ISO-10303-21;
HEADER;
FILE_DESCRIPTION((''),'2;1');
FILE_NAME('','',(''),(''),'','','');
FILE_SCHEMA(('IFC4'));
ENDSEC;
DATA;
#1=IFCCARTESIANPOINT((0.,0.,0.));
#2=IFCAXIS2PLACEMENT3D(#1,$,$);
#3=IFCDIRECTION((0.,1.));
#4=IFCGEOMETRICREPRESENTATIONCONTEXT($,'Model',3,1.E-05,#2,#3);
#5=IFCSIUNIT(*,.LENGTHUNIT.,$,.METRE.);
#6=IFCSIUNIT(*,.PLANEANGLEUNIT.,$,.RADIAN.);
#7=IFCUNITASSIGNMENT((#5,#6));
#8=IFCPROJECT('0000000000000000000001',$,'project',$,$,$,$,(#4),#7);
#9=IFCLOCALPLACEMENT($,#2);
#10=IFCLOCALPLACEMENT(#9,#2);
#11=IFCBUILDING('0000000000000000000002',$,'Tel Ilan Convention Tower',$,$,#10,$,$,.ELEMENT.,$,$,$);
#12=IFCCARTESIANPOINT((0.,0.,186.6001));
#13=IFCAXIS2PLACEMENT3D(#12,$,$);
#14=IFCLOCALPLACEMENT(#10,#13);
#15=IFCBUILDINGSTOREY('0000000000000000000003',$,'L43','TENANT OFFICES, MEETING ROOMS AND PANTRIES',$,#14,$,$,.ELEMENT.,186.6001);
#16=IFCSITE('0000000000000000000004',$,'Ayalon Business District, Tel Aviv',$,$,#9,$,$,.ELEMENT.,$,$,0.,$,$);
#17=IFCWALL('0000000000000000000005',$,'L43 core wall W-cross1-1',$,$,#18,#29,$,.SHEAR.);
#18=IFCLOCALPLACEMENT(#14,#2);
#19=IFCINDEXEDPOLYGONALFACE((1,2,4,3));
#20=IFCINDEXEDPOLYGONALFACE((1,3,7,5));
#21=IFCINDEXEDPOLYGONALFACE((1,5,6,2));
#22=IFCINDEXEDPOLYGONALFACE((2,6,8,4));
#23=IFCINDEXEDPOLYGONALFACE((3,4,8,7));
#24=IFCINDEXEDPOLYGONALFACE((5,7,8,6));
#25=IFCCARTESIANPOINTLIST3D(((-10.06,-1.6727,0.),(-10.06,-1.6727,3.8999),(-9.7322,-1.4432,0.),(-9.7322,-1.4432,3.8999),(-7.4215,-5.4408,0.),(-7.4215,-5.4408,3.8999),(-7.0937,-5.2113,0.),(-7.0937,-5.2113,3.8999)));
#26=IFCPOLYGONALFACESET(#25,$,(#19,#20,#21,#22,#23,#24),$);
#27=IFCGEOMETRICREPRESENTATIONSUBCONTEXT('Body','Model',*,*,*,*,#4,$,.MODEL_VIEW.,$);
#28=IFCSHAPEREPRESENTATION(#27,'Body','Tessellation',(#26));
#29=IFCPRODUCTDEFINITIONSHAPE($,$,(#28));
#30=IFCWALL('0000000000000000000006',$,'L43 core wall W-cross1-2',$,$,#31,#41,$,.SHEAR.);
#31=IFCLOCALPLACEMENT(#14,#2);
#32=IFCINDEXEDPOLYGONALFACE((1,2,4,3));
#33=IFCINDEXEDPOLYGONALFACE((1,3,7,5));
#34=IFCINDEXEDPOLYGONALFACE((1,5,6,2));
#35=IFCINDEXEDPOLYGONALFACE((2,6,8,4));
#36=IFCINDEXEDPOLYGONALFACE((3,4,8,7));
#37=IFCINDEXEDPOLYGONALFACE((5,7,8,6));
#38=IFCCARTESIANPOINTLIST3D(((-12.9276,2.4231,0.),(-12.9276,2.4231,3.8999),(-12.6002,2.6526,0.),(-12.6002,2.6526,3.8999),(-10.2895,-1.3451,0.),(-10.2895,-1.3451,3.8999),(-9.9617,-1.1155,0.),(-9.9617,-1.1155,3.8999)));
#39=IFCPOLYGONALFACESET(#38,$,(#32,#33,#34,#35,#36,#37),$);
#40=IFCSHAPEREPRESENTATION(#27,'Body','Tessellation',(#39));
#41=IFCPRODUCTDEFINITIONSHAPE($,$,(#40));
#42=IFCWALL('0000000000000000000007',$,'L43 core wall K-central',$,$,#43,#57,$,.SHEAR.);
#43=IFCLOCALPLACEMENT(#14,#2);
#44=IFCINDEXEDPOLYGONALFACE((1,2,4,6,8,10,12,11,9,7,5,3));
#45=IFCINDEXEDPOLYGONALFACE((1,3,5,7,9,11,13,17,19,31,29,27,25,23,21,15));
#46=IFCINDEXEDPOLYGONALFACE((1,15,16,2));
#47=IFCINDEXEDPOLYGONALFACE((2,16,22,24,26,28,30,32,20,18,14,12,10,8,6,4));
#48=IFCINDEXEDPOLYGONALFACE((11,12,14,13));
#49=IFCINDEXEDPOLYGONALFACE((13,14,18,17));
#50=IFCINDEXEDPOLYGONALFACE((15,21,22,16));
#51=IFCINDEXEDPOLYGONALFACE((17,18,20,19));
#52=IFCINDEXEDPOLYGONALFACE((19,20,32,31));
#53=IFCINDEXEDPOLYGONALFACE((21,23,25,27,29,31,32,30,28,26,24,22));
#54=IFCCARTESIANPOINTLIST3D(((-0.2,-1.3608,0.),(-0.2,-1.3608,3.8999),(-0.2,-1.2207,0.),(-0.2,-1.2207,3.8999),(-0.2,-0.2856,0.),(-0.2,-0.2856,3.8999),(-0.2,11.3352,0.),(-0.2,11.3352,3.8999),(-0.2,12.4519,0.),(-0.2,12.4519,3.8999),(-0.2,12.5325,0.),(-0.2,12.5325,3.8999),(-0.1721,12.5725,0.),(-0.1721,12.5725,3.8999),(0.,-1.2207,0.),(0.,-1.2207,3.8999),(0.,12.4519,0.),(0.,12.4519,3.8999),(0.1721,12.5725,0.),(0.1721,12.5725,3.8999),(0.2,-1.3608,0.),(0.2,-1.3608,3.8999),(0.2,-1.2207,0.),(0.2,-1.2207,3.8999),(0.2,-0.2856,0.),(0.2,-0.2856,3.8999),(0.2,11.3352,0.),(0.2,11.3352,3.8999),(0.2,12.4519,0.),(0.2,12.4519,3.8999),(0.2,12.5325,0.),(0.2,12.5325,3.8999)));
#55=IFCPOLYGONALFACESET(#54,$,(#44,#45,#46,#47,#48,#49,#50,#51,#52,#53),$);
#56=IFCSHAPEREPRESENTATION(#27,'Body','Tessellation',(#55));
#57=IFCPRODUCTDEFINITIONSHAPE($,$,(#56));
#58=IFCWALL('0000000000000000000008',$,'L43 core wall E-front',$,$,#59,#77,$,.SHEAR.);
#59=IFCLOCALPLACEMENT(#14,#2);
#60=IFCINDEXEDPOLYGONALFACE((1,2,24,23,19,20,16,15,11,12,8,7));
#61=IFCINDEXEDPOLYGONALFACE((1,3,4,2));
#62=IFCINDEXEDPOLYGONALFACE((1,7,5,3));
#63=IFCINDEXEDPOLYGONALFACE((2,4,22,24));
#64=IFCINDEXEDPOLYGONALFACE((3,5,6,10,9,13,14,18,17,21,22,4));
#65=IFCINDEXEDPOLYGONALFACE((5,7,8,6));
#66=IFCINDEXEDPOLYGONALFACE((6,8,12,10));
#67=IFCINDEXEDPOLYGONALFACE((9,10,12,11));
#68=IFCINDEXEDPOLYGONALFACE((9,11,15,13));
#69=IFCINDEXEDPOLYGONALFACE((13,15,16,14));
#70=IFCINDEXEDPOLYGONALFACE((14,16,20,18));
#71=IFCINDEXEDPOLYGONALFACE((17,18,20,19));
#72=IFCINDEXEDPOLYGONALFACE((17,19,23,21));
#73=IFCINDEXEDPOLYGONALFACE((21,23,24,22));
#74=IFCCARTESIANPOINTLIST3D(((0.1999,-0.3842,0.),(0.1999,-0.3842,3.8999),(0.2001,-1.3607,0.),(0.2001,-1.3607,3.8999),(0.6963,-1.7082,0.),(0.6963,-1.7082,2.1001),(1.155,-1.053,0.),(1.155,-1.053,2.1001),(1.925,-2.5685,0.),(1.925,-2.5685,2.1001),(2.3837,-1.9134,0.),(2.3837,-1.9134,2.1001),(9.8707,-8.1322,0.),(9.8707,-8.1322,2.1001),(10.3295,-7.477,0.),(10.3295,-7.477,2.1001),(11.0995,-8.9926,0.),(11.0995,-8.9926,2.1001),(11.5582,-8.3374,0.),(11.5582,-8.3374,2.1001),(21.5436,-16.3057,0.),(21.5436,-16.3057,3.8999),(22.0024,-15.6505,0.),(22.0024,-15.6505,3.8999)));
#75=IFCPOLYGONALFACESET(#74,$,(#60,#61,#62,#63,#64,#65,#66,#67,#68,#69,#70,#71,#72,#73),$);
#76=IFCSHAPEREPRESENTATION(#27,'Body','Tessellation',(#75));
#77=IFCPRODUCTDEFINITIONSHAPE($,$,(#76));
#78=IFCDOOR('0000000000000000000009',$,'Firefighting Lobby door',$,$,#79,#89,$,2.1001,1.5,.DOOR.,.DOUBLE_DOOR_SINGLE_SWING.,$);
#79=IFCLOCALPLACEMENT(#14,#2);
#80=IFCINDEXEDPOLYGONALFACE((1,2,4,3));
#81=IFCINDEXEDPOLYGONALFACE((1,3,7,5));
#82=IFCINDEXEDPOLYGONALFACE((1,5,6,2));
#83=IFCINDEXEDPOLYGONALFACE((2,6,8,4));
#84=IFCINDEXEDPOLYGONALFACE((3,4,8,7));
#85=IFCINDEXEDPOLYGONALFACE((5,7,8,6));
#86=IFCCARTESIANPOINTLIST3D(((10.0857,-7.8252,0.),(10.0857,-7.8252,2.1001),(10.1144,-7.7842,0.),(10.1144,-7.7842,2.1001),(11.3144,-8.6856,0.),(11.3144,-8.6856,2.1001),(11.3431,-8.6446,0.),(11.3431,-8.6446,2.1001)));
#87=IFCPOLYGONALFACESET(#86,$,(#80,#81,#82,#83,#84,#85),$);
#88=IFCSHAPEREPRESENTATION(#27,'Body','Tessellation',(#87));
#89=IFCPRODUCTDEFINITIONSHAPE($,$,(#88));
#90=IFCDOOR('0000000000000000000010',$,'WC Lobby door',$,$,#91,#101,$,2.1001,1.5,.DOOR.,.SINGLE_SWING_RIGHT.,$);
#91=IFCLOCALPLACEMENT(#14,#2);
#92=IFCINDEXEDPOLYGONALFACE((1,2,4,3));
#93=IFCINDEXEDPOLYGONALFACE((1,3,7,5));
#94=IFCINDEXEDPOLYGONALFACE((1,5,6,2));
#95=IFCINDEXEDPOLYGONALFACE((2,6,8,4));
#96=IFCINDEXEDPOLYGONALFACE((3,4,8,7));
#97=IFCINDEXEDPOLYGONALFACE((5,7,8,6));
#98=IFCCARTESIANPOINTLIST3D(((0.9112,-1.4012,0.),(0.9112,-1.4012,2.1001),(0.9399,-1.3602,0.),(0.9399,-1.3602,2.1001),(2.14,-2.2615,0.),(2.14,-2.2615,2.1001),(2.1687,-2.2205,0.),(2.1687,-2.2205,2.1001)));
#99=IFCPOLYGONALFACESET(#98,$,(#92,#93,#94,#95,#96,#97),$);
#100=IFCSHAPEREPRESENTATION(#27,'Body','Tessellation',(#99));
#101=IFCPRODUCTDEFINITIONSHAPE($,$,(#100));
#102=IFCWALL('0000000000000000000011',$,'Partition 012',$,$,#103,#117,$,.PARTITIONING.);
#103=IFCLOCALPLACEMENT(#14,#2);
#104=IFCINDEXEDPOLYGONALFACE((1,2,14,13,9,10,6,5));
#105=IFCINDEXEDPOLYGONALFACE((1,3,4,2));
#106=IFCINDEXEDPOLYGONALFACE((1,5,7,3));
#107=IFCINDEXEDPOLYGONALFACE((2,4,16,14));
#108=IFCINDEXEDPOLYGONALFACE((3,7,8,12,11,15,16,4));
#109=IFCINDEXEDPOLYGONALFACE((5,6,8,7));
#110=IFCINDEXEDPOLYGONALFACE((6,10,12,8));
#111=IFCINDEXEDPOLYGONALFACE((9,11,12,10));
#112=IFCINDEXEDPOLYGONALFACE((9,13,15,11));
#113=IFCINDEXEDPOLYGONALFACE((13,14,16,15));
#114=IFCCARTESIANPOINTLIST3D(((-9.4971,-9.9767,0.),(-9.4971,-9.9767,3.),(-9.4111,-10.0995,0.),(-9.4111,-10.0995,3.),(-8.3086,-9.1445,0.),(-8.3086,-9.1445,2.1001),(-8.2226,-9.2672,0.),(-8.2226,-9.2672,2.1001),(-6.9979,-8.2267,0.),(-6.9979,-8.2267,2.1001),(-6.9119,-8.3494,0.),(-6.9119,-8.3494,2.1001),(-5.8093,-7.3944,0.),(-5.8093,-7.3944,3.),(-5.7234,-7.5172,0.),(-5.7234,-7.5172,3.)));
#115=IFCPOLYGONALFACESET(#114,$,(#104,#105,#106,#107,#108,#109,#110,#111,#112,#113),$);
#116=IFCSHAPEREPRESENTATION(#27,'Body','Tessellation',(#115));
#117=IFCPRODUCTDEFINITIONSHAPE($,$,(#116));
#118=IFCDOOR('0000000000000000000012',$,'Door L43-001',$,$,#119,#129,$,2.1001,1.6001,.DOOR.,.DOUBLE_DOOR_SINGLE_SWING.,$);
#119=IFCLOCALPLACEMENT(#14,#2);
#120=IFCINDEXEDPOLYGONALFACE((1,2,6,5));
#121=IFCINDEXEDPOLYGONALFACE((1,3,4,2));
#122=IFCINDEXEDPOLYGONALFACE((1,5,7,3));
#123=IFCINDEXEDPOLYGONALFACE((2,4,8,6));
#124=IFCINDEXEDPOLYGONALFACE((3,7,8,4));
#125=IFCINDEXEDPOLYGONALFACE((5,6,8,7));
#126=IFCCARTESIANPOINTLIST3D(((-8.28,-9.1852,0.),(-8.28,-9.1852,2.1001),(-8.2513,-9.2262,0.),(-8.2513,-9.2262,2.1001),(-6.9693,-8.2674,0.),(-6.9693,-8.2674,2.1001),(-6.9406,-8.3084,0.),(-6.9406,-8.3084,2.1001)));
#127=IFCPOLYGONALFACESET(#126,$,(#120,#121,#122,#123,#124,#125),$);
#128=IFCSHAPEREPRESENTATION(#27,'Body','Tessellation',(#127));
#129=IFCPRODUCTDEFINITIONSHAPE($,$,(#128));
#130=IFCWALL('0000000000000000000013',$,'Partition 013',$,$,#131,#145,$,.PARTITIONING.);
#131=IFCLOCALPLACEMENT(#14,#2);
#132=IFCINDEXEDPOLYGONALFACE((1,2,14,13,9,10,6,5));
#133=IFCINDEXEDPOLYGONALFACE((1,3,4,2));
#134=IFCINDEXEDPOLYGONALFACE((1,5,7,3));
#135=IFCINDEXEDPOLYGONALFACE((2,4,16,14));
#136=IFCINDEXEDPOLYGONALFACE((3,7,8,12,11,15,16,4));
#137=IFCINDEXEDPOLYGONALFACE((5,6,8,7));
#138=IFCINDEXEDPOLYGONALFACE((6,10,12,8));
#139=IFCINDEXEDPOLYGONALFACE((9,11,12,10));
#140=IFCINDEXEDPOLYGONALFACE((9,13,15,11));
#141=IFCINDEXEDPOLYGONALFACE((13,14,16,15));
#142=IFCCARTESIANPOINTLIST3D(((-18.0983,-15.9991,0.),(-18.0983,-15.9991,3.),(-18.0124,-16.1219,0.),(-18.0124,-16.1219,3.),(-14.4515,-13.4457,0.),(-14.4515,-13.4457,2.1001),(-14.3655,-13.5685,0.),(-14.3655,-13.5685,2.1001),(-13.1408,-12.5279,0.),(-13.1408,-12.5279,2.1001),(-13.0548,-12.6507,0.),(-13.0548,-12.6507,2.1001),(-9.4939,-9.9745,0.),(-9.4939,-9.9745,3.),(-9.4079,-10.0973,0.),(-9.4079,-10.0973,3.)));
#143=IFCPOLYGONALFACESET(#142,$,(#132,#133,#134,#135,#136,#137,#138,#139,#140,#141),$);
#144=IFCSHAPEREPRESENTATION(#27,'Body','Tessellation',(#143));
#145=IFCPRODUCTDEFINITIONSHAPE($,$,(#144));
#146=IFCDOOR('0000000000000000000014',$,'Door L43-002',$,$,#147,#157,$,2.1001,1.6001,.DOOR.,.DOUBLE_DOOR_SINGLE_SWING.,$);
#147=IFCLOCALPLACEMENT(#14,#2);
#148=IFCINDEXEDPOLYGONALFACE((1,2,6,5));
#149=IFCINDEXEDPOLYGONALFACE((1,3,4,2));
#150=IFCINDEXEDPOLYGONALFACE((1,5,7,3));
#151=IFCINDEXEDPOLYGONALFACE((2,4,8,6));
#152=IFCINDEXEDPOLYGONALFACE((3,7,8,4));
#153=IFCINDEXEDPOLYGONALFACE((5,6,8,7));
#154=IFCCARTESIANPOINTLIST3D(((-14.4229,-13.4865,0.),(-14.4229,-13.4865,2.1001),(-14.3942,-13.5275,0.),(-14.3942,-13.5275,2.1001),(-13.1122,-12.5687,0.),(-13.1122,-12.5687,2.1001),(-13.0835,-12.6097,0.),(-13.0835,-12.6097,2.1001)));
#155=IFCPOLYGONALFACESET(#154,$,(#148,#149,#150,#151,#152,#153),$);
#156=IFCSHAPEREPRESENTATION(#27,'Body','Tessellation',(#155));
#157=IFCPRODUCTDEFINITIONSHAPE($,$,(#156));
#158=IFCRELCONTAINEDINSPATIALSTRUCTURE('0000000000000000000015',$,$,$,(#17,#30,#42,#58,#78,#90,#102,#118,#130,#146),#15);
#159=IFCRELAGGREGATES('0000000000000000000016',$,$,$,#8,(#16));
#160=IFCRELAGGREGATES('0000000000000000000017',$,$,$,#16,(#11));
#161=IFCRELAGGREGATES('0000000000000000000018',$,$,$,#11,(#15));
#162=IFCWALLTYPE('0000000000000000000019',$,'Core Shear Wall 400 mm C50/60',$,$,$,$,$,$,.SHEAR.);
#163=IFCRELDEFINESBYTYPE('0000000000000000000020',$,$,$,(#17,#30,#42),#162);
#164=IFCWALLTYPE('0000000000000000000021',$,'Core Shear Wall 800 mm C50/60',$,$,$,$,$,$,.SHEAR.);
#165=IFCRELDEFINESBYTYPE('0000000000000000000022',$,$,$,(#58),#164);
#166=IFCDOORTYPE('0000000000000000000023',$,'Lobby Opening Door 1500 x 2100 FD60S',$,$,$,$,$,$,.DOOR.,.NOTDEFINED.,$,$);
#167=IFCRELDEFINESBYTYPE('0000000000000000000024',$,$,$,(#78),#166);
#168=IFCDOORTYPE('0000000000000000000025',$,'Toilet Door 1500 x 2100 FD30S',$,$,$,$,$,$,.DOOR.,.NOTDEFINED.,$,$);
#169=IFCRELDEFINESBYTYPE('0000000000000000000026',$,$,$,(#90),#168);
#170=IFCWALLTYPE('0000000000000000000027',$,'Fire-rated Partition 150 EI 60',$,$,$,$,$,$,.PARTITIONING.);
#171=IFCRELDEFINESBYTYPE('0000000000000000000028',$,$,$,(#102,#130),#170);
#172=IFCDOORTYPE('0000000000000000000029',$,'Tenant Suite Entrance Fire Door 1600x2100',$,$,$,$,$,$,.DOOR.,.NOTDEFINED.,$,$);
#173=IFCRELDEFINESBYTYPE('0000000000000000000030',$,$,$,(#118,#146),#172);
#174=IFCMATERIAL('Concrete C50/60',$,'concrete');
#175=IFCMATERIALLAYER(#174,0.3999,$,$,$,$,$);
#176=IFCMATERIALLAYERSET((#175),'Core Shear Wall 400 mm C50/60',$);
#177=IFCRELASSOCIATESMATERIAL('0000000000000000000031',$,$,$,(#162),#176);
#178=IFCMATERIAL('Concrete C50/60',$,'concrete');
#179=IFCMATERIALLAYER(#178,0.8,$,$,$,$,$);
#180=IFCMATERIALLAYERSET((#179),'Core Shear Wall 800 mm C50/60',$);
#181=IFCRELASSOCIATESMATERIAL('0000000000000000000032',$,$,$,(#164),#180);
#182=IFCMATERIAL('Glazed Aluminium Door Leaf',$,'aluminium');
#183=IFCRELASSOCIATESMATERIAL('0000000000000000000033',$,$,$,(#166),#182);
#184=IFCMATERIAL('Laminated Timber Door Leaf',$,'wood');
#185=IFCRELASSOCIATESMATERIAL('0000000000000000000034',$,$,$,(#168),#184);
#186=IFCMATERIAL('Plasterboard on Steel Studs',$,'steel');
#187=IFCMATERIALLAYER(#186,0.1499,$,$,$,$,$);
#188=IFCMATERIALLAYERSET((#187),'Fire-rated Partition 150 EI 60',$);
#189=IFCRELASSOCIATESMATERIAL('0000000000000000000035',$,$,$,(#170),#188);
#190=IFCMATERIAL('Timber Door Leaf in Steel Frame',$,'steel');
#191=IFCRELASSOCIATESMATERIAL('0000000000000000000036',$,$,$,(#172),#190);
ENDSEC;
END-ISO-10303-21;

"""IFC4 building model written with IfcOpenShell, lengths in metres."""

from ifc_helpers import new_model, si_unit, direction, frame, frame_2d, origin, place, context, subcontext, project, spatial, polyline, rectangle, outline, extrude, material, layer, layer_set, type_object, element, fill, save


model = new_model("IFC4")

# Units and contexts
model_context = context("Model", 3, precision=1e-05, world=origin(), true_north=direction((0.0, 1.0)))
body_context = subcontext(model_context, "Body", "Model", "MODEL_VIEW")
ifc_project = project(units=[si_unit("LENGTHUNIT", "METRE"), si_unit("PLANEANGLEUNIT", "RADIAN")], contexts=[model_context])

# Site, building, storey
site_placement = place(None, origin())
site = spatial("IfcSite", under=ifc_project, at=site_placement, Name="Ayalon Business District, Tel Aviv", CompositionType="ELEMENT", RefElevation=0.0)
building_placement = place(site_placement, origin())
building = spatial("IfcBuilding", under=site, at=building_placement, Name="Tel Ilan Convention Tower", CompositionType="ELEMENT")
storey_placement = place(building_placement, frame((0.0, 0.0, 186.6001)))
storey = spatial("IfcBuildingStorey", under=building, at=storey_placement, Name="L43", Description="TENANT OFFICES, MEETING ROOMS AND PANTRIES", CompositionType="ELEMENT", Elevation=186.6001)

# Walls
ifc_material_1 = material(Name="Concrete C50/60", Category="concrete")
ifc_layer_1 = layer(ifc_material_1, 0.3999)
ifc_layer_set_1 = layer_set([ifc_layer_1], Name="Core Shear Wall 400 mm C50/60")
wall_type_1 = type_object("IfcWallType", Name="Core Shear Wall 400 mm C50/60", PredefinedType="SHEAR", material=ifc_layer_set_1)
wall_1_placement = place(storey_placement, frame((-7.2578, -5.3259, 0.0), z_axis=(0.0, 0.0, 1.0), x_axis=(-0.573541, 0.819177, 0.0)))
element("IfcWall", 1, at=wall_1_placement, inside=storey, type_object=wall_type_1, Name="L43 core wall W-cross1-1", PredefinedType="SHEAR", context=body_context, shape_type="SweptSolid", body=[
    extrude(outline(polyline([(4.5999, 0.2002), (-0.0002, 0.2), (-0.0002, -0.2002), (4.5999, -0.2), (4.5999, 0.2002)])), origin(), (0.0, 0.0, 1.0), 3.8999),
])
wall_2_placement = place(storey_placement, frame((-10.1255, -1.2302, 0.0), z_axis=(0.0, 0.0, 1.0), x_axis=(-0.573576, 0.819152, 0.0)))
element("IfcWall", 2, at=wall_2_placement, inside=storey, type_object=wall_type_1, Name="L43 core wall W-cross1-2", PredefinedType="SHEAR", context=body_context, shape_type="SweptSolid", body=[
    extrude(outline(polyline([(4.6001, -0.2), (4.5999, 0.2), (0.0, 0.2002), (0.0, -0.2), (4.6001, -0.2)])), origin(), (0.0, 0.0, 1.0), 3.8999),
])
wall_3_placement = place(storey_placement, frame((0.0, -1.3608, 0.0), z_axis=(0.0, 0.0, 1.0), x_axis=(0.0, 1.0, 0.0)))
element("IfcWall", 3, at=wall_3_placement, inside=storey, type_object=wall_type_1, Name="L43 core wall K-central", PredefinedType="SHEAR", context=body_context, shape_type="SweptSolid", body=[
    extrude(outline(polyline([(0.0, -0.2), (0.1401, -0.2), (1.0752, -0.2), (12.696, -0.2), (13.8127, -0.2), (13.8933, -0.2), (13.9333, -0.1721), (13.8127, 0.0), (13.9333, 0.1721), (13.8933, 0.2), (13.8127, 0.2), (12.696, 0.2), (1.0752, 0.2), (0.1401, 0.2), (0.0, 0.2), (0.1401, 0.0), (0.0, -0.2)])), origin(), (0.0, 0.0, 1.0), 3.8999),
])

# Wall, openings, doors
ifc_material_2 = material(Name="Concrete C50/60", Category="concrete")
ifc_layer_2 = layer(ifc_material_2, 0.8)
ifc_layer_set_2 = layer_set([ifc_layer_2], Name="Core Shear Wall 800 mm C50/60")
wall_type_2 = type_object("IfcWallType", Name="Core Shear Wall 800 mm C50/60", PredefinedType="SHEAR", material=ifc_layer_set_2)
wall_4_placement = place(storey_placement, frame((-0.0293, -0.7119, 0.0), z_axis=(0.0, 0.0, 1.0), x_axis=(0.819152, -0.573577, 0.0)))
wall_4 = element("IfcWall", 4, at=wall_4_placement, inside=storey, type_object=wall_type_2, Name="L43 core wall E-front", PredefinedType="SHEAR", context=body_context, shape_type="SweptSolid", body=[
    extrude(outline(polyline([(26.6157, 0.3999), (-0.0002, 0.3999), (0.5601, -0.3999), (26.6157, -0.3999), (26.6157, 0.3999)])), origin(), (0.0, 0.0, 1.0), 3.8999),
])
opening_1_placement = place(wall_4_placement, frame((1.1658, 0.0, 0.0)))
opening_1 = element("IfcOpeningElement", 5, at=opening_1_placement, cuts=wall_4, PredefinedType="OPENING", context=body_context, shape_type="SweptSolid", body=[
    extrude(rectangle(XDim=1.5, YDim=2.1001, at=frame_2d((0.75, 1.05))), frame((0.0, 0.4099, 0.0), z_axis=(0.0, -1.0, 0.0), x_axis=(1.0, 0.0, 0.0)), (0.0, 0.0, 1.0), 0.8201),
])
opening_2_placement = place(wall_4_placement, frame((12.3657, 0.0, 0.0)))
opening_2 = element("IfcOpeningElement", 6, at=opening_2_placement, cuts=wall_4, PredefinedType="OPENING", context=body_context, shape_type="SweptSolid", body=[
    extrude(rectangle(XDim=1.5, YDim=2.1001, at=frame_2d((0.75, 1.05))), frame((0.0, 0.4099, 0.0), z_axis=(0.0, -1.0, 0.0), x_axis=(1.0, 0.0, 0.0)), (0.0, 0.0, 1.0), 0.8201),
])
ifc_material_3 = material(Name="Glazed Aluminium Door Leaf", Category="aluminium")
door_type_1 = type_object("IfcDoorType", Name="Lobby Opening Door 1500 x 2100 FD60S", OperationType="NOTDEFINED", PredefinedType="DOOR", material=ifc_material_3)
door_1_placement = place(opening_2_placement, origin())
door_1 = element("IfcDoor", 7, at=door_1_placement, inside=storey, type_object=door_type_1, Name="Firefighting Lobby door", OperationType="DOUBLE_DOOR_SINGLE_SWING", OverallHeight=2.1001, OverallWidth=1.5, PredefinedType="DOOR", context=body_context, shape_type="SweptSolid", body=[
    extrude(rectangle(XDim=1.5, YDim=2.1001, at=frame_2d((0.75, 1.05))), frame((0.0, 0.0249, 0.0), z_axis=(0.0, -1.0, 0.0), x_axis=(1.0, 0.0, 0.0)), (0.0, 0.0, 1.0), 0.05),
])
fill(opening_2, door_1)
ifc_material_4 = material(Name="Laminated Timber Door Leaf", Category="wood")
door_type_2 = type_object("IfcDoorType", Name="Toilet Door 1500 x 2100 FD30S", OperationType="NOTDEFINED", PredefinedType="DOOR", material=ifc_material_4)
door_2_placement = place(opening_1_placement, origin())
door_2 = element("IfcDoor", 8, at=door_2_placement, inside=storey, type_object=door_type_2, Name="WC Lobby door", OperationType="SINGLE_SWING_RIGHT", OverallHeight=2.1001, OverallWidth=1.5, PredefinedType="DOOR", context=body_context, shape_type="SweptSolid", body=[
    extrude(rectangle(XDim=1.5, YDim=2.1001, at=frame_2d((0.75, 1.05))), frame((0.0, 0.0249, 0.0), z_axis=(0.0, -1.0, 0.0), x_axis=(1.0, 0.0, 0.0)), (0.0, 0.0, 1.0), 0.05),
])
fill(opening_1, door_2)

# Walls, openings, doors
ifc_material_5 = material(Name="Plasterboard on Steel Studs", Category="steel")
ifc_layer_3 = layer(ifc_material_5, 0.1499)
ifc_layer_set_3 = layer_set([ifc_layer_3], Name="Fire-rated Partition 150 EI 60")
wall_type_3 = type_object("IfcWallType", Name="Fire-rated Partition 150 EI 60", PredefinedType="PARTITIONING", material=ifc_layer_set_3)
wall_5_placement = place(storey_placement, frame((-5.7664, -7.4558, 0.0), z_axis=(0.0, 0.0, 1.0), x_axis=(-0.819143, -0.57359, 0.0)))
wall_5 = element("IfcWall", 9, at=wall_5_placement, inside=storey, type_object=wall_type_3, Name="Partition 012", PredefinedType="PARTITIONING", context=body_context, shape_type="SweptSolid", body=[
    extrude(rectangle(XDim=4.502, YDim=0.1499, at=frame_2d((2.251, 0.0))), origin(), (0.0, 0.0, 1.0), 3.0),
])
opening_3_placement = place(wall_5_placement, frame((1.4509, 0.0, 0.0)))
opening_3 = element("IfcOpeningElement", 10, at=opening_3_placement, cuts=wall_5, PredefinedType="OPENING", context=body_context, shape_type="SweptSolid", body=[
    extrude(rectangle(XDim=1.6001, YDim=2.1001, at=frame_2d((0.8, 1.05))), frame((0.0, 0.085, 0.0), z_axis=(0.0, -1.0, 0.0), x_axis=(1.0, 0.0, 0.0)), (0.0, 0.0, 1.0), 0.1699),
])
ifc_material_6 = material(Name="Timber Door Leaf in Steel Frame", Category="steel")
door_type_3 = type_object("IfcDoorType", Name="Tenant Suite Entrance Fire Door 1600x2100", OperationType="NOTDEFINED", PredefinedType="DOOR", material=ifc_material_6)
door_3_placement = place(opening_3_placement, origin())
door_3 = element("IfcDoor", 11, at=door_3_placement, inside=storey, type_object=door_type_3, Name="Door L43-001", OperationType="DOUBLE_DOOR_SINGLE_SWING", OverallHeight=2.1001, OverallWidth=1.6001, PredefinedType="DOOR", context=body_context, shape_type="SweptSolid", body=[
    extrude(rectangle(XDim=1.6001, YDim=2.1001, at=frame_2d((0.8, 1.05))), frame((0.0, 0.0249, 0.0), z_axis=(0.0, -1.0, 0.0), x_axis=(1.0, 0.0, 0.0)), (0.0, 0.0, 1.0), 0.05),
])
fill(opening_3, door_3)
wall_6_placement = place(storey_placement, frame((-9.4509, -10.0359, 0.0), z_axis=(0.0, 0.0, 1.0), x_axis=(-0.819164, -0.573559, 0.0)))
wall_6 = element("IfcWall", 12, at=wall_6_placement, inside=storey, type_object=wall_type_3, Name="Partition 013", PredefinedType="PARTITIONING", context=body_context, shape_type="SweptSolid", body=[
    extrude(rectangle(XDim=10.5039, YDim=0.1499, at=frame_2d((5.252, 0.0))), origin(), (0.0, 0.0, 1.0), 3.0),
])
opening_4_placement = place(wall_6_placement, frame((4.4519, 0.0, 0.0)))
opening_4 = element("IfcOpeningElement", 13, at=opening_4_placement, cuts=wall_6, PredefinedType="OPENING", context=body_context, shape_type="SweptSolid", body=[
    extrude(rectangle(XDim=1.6001, YDim=2.1001, at=frame_2d((0.8, 1.05))), frame((0.0, 0.085, 0.0), z_axis=(0.0, -1.0, 0.0), x_axis=(1.0, 0.0, 0.0)), (0.0, 0.0, 1.0), 0.1699),
])
door_4_placement = place(opening_4_placement, origin())
door_4 = element("IfcDoor", 14, at=door_4_placement, inside=storey, type_object=door_type_3, Name="Door L43-002", OperationType="DOUBLE_DOOR_SINGLE_SWING", OverallHeight=2.1001, OverallWidth=1.6001, PredefinedType="DOOR", context=body_context, shape_type="SweptSolid", body=[
    extrude(rectangle(XDim=1.6001, YDim=2.1001, at=frame_2d((0.8, 1.05))), frame((0.0, 0.0249, 0.0), z_axis=(0.0, -1.0, 0.0), x_axis=(1.0, 0.0, 0.0)), (0.0, 0.0, 1.0), 0.05),
])
fill(opening_4, door_4)

save(model, "model.ifc")
